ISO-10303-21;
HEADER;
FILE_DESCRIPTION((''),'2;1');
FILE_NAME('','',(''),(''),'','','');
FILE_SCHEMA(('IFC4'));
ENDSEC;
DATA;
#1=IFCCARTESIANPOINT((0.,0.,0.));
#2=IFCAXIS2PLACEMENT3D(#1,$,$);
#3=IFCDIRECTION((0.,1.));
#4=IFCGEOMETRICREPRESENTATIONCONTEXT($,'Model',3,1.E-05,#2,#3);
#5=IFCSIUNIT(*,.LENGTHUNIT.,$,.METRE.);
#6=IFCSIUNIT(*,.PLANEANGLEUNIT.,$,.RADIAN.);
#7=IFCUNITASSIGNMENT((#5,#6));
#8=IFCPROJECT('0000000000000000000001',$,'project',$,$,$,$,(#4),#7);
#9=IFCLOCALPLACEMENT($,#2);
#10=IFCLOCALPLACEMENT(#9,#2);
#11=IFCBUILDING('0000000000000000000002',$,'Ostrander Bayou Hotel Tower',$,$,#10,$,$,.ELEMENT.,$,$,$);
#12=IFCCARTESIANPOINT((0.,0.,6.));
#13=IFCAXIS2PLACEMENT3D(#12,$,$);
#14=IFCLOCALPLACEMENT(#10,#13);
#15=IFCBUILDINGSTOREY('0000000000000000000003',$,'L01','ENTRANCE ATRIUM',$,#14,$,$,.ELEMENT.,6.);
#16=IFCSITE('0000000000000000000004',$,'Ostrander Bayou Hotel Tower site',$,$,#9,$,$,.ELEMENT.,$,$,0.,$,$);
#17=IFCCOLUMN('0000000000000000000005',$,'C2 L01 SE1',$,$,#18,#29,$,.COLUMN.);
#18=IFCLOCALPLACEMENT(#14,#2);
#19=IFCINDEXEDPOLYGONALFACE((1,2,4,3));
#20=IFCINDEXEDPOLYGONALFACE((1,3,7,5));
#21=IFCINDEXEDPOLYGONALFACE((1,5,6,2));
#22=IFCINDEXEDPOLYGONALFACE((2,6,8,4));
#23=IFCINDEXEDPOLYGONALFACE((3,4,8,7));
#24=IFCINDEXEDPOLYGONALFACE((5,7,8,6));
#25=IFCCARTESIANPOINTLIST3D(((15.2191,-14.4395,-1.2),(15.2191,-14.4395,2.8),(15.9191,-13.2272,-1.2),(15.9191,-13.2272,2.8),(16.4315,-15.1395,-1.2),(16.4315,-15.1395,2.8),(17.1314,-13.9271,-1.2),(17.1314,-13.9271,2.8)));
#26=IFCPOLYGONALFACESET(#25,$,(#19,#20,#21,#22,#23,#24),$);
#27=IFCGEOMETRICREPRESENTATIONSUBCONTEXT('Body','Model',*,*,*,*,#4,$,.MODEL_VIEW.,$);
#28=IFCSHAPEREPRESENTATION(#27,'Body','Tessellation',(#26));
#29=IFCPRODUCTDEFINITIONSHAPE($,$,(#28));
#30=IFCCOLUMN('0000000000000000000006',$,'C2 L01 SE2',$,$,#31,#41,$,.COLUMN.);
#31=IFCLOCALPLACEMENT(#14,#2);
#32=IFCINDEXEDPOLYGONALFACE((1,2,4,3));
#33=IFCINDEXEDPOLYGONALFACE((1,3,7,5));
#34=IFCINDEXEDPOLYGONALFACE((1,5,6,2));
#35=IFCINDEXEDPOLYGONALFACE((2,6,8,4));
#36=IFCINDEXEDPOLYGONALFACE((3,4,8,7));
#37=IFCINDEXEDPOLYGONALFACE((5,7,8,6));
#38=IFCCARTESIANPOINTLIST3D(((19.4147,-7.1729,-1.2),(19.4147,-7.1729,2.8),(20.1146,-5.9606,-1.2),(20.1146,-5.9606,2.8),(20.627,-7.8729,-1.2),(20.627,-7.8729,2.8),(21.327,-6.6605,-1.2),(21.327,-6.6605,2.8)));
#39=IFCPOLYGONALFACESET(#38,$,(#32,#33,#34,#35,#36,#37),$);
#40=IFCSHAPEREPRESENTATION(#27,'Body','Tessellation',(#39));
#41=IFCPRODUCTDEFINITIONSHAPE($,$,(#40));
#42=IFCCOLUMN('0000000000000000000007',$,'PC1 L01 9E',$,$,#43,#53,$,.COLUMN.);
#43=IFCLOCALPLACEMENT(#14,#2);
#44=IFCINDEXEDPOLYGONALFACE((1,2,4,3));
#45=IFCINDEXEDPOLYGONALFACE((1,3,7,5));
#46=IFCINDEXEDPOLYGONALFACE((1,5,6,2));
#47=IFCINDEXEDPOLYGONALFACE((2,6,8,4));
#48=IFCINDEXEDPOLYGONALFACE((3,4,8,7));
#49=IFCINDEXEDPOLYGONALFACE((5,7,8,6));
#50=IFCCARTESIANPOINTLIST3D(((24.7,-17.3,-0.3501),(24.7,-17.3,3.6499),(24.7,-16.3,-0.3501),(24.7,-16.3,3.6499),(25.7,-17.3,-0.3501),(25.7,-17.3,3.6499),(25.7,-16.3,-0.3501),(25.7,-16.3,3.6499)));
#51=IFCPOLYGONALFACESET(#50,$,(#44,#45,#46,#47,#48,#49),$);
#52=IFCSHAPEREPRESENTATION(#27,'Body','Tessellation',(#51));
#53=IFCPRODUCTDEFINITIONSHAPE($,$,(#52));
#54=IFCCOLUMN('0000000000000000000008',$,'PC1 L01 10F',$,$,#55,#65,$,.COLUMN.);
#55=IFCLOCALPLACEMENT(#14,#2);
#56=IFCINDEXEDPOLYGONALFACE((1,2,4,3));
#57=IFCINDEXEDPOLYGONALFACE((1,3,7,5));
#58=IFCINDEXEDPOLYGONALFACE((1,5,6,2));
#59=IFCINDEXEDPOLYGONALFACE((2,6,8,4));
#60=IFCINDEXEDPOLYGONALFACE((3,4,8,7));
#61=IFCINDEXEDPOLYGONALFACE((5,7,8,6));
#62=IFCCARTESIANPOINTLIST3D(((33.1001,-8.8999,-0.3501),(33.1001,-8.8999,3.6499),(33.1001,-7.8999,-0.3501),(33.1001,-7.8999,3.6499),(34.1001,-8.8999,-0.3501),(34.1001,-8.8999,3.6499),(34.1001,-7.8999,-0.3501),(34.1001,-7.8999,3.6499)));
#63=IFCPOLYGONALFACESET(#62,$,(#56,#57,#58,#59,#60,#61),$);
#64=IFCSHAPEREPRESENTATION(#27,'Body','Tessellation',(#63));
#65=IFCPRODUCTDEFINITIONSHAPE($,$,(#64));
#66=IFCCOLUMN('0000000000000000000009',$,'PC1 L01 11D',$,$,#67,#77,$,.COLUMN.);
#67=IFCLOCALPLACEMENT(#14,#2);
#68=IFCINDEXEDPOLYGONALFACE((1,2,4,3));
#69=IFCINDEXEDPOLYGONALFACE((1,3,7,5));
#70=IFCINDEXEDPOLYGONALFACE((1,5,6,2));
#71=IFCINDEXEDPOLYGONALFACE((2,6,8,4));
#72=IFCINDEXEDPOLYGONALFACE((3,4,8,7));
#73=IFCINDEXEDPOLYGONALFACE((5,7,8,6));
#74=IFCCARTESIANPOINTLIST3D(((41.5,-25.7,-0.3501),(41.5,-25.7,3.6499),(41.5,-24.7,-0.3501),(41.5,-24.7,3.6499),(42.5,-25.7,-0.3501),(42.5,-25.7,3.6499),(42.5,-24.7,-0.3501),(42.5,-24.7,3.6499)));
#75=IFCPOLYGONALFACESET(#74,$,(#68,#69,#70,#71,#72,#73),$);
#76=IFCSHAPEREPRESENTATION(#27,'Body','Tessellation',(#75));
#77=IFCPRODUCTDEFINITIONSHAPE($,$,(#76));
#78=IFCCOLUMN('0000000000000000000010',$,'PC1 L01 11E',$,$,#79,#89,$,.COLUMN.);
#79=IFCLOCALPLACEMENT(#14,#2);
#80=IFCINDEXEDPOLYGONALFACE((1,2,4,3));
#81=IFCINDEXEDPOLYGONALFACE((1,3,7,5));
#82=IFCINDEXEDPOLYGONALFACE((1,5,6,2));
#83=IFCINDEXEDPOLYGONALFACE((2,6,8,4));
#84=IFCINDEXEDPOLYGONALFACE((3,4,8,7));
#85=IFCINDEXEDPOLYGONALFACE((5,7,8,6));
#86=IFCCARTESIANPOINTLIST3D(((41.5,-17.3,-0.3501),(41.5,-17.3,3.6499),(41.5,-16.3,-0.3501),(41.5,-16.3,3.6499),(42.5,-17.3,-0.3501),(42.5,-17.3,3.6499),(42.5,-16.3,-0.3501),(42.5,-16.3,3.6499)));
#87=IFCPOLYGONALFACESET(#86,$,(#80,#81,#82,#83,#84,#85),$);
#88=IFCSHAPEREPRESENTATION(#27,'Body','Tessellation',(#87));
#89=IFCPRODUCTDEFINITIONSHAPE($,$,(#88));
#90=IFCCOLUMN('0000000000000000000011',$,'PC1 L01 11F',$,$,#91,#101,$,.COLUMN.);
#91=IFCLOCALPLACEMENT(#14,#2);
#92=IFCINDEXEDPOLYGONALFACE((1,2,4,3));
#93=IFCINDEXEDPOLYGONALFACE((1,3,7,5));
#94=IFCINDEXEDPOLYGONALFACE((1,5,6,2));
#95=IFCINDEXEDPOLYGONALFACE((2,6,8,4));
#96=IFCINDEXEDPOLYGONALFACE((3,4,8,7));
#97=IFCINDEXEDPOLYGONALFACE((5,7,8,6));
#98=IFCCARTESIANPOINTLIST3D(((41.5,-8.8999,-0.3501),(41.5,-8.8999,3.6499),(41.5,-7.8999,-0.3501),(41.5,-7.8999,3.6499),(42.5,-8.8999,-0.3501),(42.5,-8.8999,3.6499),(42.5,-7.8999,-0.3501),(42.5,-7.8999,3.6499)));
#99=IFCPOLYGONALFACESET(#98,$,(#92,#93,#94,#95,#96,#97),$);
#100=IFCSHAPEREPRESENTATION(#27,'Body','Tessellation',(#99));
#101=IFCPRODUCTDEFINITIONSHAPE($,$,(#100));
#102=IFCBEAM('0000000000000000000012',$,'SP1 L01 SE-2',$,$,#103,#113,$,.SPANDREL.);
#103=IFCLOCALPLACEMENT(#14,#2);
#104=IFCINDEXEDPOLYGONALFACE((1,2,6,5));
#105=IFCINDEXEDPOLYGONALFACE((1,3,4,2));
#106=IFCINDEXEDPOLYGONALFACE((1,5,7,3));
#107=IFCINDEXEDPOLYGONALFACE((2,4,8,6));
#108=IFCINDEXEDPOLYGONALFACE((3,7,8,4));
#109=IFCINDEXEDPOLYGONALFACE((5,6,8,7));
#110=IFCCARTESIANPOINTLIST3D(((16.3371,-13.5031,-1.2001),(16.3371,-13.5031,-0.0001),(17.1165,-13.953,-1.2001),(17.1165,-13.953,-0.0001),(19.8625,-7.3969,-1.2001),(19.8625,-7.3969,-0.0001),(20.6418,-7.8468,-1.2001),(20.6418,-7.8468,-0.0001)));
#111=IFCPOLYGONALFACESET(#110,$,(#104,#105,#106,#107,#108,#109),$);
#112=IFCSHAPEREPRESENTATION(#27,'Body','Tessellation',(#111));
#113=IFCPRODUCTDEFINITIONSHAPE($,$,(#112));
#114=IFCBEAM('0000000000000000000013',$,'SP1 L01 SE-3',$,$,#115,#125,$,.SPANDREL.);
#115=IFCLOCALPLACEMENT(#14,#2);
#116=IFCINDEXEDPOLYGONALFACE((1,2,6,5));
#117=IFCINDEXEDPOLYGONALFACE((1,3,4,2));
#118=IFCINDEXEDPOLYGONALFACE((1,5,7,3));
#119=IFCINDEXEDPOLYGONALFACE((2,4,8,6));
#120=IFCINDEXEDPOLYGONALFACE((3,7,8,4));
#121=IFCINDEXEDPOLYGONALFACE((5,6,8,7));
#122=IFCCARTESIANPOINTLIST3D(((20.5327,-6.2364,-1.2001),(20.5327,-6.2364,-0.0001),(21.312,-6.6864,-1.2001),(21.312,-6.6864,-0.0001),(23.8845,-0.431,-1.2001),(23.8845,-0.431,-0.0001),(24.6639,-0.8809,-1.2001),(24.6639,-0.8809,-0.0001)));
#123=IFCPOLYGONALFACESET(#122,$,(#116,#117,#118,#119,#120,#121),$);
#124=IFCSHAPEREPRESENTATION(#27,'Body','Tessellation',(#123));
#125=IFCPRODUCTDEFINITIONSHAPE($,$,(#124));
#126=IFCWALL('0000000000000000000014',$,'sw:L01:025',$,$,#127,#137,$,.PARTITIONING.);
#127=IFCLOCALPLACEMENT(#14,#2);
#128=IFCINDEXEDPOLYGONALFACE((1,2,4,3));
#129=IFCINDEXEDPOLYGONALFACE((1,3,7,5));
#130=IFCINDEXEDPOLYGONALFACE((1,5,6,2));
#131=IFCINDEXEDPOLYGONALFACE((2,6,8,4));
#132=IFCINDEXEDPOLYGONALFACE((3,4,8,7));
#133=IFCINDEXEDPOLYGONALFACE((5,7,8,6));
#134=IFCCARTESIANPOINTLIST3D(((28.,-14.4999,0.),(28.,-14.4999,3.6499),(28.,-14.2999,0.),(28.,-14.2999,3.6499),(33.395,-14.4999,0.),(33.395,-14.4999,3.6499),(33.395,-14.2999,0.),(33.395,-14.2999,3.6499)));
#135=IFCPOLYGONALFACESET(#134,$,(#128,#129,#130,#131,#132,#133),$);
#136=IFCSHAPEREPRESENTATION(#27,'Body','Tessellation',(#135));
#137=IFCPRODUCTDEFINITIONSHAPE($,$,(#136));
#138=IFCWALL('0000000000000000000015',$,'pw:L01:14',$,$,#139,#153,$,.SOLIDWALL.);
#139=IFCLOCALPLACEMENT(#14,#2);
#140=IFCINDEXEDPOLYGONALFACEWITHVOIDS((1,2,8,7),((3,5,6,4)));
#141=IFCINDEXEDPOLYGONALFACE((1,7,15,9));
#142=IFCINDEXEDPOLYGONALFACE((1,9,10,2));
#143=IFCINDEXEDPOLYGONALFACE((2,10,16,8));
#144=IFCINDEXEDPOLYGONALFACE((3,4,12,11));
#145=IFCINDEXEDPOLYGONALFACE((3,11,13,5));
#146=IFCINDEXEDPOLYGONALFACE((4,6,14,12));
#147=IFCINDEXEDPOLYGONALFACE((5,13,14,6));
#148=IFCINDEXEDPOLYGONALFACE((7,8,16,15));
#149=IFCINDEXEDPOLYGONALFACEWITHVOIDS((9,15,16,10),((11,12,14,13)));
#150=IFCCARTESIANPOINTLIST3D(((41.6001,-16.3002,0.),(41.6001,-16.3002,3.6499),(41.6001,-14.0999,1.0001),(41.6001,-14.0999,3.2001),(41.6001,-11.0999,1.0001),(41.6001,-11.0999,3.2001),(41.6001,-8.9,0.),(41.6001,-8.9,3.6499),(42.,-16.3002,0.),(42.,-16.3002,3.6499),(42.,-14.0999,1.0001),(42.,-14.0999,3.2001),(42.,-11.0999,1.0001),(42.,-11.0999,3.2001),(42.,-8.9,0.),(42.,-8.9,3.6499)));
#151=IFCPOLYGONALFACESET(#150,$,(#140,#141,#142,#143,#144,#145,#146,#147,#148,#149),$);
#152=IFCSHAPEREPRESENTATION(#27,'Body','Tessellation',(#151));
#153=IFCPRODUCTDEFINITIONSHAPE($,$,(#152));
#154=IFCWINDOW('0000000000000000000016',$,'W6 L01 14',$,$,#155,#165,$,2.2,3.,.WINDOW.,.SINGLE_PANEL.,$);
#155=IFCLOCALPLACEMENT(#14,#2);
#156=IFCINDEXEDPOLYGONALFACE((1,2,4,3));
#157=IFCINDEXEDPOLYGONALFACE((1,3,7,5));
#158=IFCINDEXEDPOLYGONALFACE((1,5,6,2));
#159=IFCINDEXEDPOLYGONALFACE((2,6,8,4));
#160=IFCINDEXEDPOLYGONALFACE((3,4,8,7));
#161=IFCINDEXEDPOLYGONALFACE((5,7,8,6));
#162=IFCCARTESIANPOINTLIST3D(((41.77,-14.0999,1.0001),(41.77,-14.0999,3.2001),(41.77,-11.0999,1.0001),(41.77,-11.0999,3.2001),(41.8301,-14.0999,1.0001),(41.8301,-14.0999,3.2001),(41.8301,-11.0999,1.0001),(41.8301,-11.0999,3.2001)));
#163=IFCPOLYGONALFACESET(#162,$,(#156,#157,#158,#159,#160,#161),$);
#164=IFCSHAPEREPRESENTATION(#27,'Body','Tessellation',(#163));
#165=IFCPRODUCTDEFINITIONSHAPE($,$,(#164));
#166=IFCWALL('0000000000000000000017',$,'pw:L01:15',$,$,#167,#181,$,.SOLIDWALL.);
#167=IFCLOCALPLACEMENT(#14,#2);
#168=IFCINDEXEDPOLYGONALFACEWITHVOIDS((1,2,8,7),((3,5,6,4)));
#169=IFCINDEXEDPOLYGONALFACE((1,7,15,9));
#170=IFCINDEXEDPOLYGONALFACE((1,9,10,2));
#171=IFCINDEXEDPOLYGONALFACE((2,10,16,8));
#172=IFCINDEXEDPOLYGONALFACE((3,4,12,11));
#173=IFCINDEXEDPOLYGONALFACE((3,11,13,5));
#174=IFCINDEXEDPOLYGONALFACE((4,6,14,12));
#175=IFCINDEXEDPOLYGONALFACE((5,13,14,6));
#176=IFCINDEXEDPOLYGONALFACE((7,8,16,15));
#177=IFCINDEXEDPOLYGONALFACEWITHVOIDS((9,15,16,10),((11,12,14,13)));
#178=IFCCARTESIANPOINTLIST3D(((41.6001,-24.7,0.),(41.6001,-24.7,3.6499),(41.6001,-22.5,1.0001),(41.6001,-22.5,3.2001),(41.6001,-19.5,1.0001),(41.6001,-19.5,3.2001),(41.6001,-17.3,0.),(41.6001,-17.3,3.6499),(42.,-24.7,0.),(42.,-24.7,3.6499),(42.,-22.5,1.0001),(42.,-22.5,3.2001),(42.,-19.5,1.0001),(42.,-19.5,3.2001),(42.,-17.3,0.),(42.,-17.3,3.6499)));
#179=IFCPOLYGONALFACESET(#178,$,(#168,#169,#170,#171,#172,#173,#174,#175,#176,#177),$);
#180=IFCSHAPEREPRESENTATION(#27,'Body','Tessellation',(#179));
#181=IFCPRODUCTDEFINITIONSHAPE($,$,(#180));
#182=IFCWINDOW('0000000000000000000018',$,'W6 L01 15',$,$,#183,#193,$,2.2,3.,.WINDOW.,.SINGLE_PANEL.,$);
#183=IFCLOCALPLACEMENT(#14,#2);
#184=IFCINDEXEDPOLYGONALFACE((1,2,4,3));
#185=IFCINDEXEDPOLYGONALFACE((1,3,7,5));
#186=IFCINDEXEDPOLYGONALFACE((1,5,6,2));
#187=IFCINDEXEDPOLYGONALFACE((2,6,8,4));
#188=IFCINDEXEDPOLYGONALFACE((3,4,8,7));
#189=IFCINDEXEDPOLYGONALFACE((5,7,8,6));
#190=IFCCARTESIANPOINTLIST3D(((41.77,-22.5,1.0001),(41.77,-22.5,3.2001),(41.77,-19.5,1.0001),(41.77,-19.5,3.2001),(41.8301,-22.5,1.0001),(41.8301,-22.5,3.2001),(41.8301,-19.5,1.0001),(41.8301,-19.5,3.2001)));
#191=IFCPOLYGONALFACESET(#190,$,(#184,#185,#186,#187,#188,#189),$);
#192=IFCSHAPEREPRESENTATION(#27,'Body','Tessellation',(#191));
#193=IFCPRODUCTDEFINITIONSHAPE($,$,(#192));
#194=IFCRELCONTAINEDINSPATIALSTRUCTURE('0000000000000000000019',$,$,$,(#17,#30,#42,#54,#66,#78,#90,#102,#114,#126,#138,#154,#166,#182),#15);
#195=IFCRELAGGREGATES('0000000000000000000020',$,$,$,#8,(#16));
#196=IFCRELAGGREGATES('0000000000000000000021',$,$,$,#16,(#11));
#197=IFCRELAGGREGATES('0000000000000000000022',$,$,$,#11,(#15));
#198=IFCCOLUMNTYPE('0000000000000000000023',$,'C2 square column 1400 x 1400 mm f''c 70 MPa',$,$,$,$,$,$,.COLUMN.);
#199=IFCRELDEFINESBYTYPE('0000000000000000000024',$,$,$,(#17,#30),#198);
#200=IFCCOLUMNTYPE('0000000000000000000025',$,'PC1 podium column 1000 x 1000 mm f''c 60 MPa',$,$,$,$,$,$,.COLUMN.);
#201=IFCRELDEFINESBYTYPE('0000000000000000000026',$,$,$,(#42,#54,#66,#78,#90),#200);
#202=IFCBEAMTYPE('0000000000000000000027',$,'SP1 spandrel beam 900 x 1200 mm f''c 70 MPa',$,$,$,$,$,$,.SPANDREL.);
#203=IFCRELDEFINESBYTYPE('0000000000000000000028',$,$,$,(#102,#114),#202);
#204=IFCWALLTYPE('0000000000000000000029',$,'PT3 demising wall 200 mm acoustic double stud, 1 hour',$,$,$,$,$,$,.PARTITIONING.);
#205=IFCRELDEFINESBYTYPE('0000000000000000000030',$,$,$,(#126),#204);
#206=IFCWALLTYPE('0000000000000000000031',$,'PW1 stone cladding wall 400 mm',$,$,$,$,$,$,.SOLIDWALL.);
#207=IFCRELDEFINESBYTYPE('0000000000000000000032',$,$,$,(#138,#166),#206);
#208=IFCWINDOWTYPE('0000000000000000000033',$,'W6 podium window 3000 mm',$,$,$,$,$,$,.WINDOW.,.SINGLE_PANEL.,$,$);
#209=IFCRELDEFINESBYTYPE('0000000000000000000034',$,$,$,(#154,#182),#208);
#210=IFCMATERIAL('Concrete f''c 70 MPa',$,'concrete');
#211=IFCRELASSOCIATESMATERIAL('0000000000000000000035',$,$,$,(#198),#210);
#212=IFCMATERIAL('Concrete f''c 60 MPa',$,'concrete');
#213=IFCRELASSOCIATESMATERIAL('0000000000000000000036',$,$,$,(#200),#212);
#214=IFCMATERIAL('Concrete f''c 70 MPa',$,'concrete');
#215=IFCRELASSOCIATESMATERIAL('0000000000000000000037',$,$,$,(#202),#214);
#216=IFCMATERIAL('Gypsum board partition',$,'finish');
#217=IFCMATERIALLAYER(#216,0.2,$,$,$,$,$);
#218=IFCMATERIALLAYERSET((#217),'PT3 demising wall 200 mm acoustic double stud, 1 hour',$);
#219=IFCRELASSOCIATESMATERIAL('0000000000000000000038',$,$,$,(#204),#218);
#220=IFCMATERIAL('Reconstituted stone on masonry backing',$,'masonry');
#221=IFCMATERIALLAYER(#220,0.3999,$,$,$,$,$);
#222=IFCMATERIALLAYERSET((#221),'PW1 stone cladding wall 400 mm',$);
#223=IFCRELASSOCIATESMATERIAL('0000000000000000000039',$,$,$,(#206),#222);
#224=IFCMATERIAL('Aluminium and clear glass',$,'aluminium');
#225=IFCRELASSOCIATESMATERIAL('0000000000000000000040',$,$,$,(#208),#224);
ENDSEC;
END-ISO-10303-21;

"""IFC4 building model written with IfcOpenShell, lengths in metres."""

from ifc_helpers import new_model, si_unit, direction, frame, frame_2d, origin, origin_2d, place, context, subcontext, project, spatial, rectangle, extrude, material, layer, layer_set, material_profile, profile_set, type_object, element, fill, save


model = new_model("IFC4")

# Units and contexts
model_context = context("Model", 3, precision=1e-05, world=origin(), true_north=direction((0.0, 1.0)))
body_context = subcontext(model_context, "Body", "Model", "MODEL_VIEW")
ifc_project = project(units=[si_unit("LENGTHUNIT", "METRE"), si_unit("PLANEANGLEUNIT", "RADIAN")], contexts=[model_context])

# Site, building, storey
site_placement = place(None, origin())
site = spatial("IfcSite", under=ifc_project, at=site_placement, Name="Ostrander Bayou Hotel Tower site", CompositionType="ELEMENT", RefElevation=0.0)
building_placement = place(site_placement, origin())
building = spatial("IfcBuilding", under=site, at=building_placement, Name="Ostrander Bayou Hotel Tower", CompositionType="ELEMENT")
storey_placement = place(building_placement, frame((0.0, 0.0, 6.0)))
storey = spatial("IfcBuildingStorey", under=building, at=storey_placement, Name="L01", Description="ENTRANCE ATRIUM", CompositionType="ELEMENT", Elevation=6.0)

# Columns
ifc_material_1 = material(Name="Concrete f'c 70 MPa", Category="concrete")
ifc_material_profile_1 = material_profile(ifc_material_1, rectangle(XDim=1.3999, YDim=1.3999, at=origin_2d()))
ifc_profile_set_1 = profile_set([ifc_material_profile_1], Name="Concrete f'c 70 MPa")
column_type_1 = type_object("IfcColumnType", Name="C2 square column 1400 x 1400 mm f'c 70 MPa", PredefinedType="COLUMN", material=ifc_profile_set_1)
for number, where, z_axis, x_axis, name in (
    (1, (16.1753, -14.1833, -1.2), (0.0, 0.0, 1.0), (-0.5, -0.866025, 0.0), "C2 L01 SE1"),
    (2, (20.3708, -6.9167, -1.2), (0.0, 0.0, 1.0), (-0.5, -0.866025, 0.0), "C2 L01 SE2"),
):
    element("IfcColumn", number, at=place(storey_placement, frame(where, z_axis=z_axis, x_axis=x_axis)), inside=storey, type_object=column_type_1, Name=name, PredefinedType="COLUMN", context=body_context, shape_type="SweptSolid", body=[
        extrude(rectangle(XDim=1.3999, YDim=1.3999, at=origin_2d()), origin(), (0.0, 0.0, 1.0), 4.0),
    ])
ifc_material_2 = material(Name="Concrete f'c 60 MPa", Category="concrete")
ifc_material_profile_2 = material_profile(ifc_material_2, rectangle(XDim=1.0, YDim=1.0, at=origin_2d()))
ifc_profile_set_2 = profile_set([ifc_material_profile_2], Name="Concrete f'c 60 MPa")
column_type_2 = type_object("IfcColumnType", Name="PC1 podium column 1000 x 1000 mm f'c 60 MPa", PredefinedType="COLUMN", material=ifc_profile_set_2)
for number, where, z_axis, x_axis, name in (
    (3, (25.2, -16.8, -0.3501), (0.0, 0.0, 1.0), (1.0, 0.0, 0.0), "PC1 L01 9E"),
    (4, (33.6001, -8.3999, -0.3501), (0.0, 0.0, 1.0), (1.0, 0.0, 0.0), "PC1 L01 10F"),
    (5, (42.0, -25.2, -0.3501), (0.0, 0.0, 1.0), (1.0, 0.0, 0.0), "PC1 L01 11D"),
    (6, (42.0, -16.8, -0.3501), (0.0, 0.0, 1.0), (1.0, 0.0, 0.0), "PC1 L01 11E"),
    (7, (42.0, -8.3999, -0.3501), (0.0, 0.0, 1.0), (1.0, 0.0, 0.0), "PC1 L01 11F"),
):
    element("IfcColumn", number, at=place(storey_placement, frame(where, z_axis=z_axis, x_axis=x_axis)), inside=storey, type_object=column_type_2, Name=name, PredefinedType="COLUMN", context=body_context, shape_type="SweptSolid", body=[
        extrude(rectangle(XDim=1.0, YDim=1.0, at=origin_2d()), origin(), (0.0, 0.0, 1.0), 4.0),
    ])

# Beams
ifc_material_3 = material(Name="Concrete f'c 70 MPa", Category="concrete")
ifc_material_profile_3 = material_profile(ifc_material_3, rectangle(XDim=0.8999, YDim=1.2, at=origin_2d()))
ifc_profile_set_3 = profile_set([ifc_material_profile_3], Name="Concrete f'c 70 MPa")
beam_type = type_object("IfcBeamType", Name="SP1 spandrel beam 900 x 1200 mm f'c 70 MPa", PredefinedType="SPANDREL", material=ifc_profile_set_3)
beam_1_placement = place(storey_placement, frame((16.7268, -13.728, -0.6001), z_axis=(0.499997, 0.866027, 0.0), x_axis=(-0.866027, 0.499997, 0.0)))
element("IfcBeam", 8, at=beam_1_placement, inside=storey, type_object=beam_type, Name="SP1 L01 SE-2", PredefinedType="SPANDREL", context=body_context, shape_type="SweptSolid", body=[
    extrude(rectangle(XDim=0.8999, YDim=1.2, at=origin_2d()), origin(), (0.0, 0.0, 1.0), 7.0508),
])
beam_2_placement = place(storey_placement, frame((20.9224, -6.4614, -0.6001), z_axis=(0.500005, 0.866022, 0.0), x_axis=(-0.866022, 0.500005, 0.0)))
element("IfcBeam", 9, at=beam_2_placement, inside=storey, type_object=beam_type, Name="SP1 L01 SE-3", PredefinedType="SPANDREL", context=body_context, shape_type="SweptSolid", body=[
    extrude(rectangle(XDim=0.8999, YDim=1.2, at=origin_2d()), origin(), (0.0, 0.0, 1.0), 6.7036),
])

# Wall
ifc_material_4 = material(Name="Gypsum board partition", Category="finish")
ifc_layer_1 = layer(ifc_material_4, 0.2)
ifc_layer_set_1 = layer_set([ifc_layer_1], Name="PT3 demising wall 200 mm acoustic double stud, 1 hour")
wall_type_1 = type_object("IfcWallType", Name="PT3 demising wall 200 mm acoustic double stud, 1 hour", PredefinedType="PARTITIONING", material=ifc_layer_set_1)
wall_1_placement = place(storey_placement, frame((28.0, -14.3999, 0.0), z_axis=(0.0, 0.0, 1.0), x_axis=(1.0, 0.0, 0.0)))
element("IfcWall", 10, at=wall_1_placement, inside=storey, type_object=wall_type_1, Name="sw:L01:025", PredefinedType="PARTITIONING", context=body_context, shape_type="SweptSolid", body=[
    extrude(rectangle(XDim=5.395, YDim=0.2, at=frame_2d((2.6975, 0.0))), origin(), (0.0, 0.0, 1.0), 3.6499),
])

# Walls, openings, windows
ifc_material_5 = material(Name="Reconstituted stone on masonry backing", Category="masonry")
ifc_layer_2 = layer(ifc_material_5, 0.3999)
ifc_layer_set_2 = layer_set([ifc_layer_2], Name="PW1 stone cladding wall 400 mm")
wall_type_2 = type_object("IfcWallType", Name="PW1 stone cladding wall 400 mm", PredefinedType="SOLIDWALL", material=ifc_layer_set_2)
wall_2_placement = place(storey_placement, frame((41.8, -8.8999, 0.0), z_axis=(0.0, 0.0, 1.0), x_axis=(0.0, -1.0, 0.0)))
wall_2 = element("IfcWall", 11, at=wall_2_placement, inside=storey, type_object=wall_type_2, Name="pw:L01:14", PredefinedType="SOLIDWALL", context=body_context, shape_type="SweptSolid", body=[
    extrude(rectangle(XDim=7.4001, YDim=0.3999, at=frame_2d((3.7002, 0.0))), origin(), (0.0, 0.0, 1.0), 3.6499),
])
opening_1_placement = place(wall_2_placement, frame((2.2, 0.0, 1.0)))
opening_1 = element("IfcOpeningElement", 12, at=opening_1_placement, cuts=wall_2, PredefinedType="OPENING", context=body_context, shape_type="SweptSolid", body=[
    extrude(rectangle(XDim=3.0, YDim=2.2, at=frame_2d((1.5, 1.1001))), frame((0.0, 0.2, 0.0), z_axis=(0.0, -1.0, 0.0), x_axis=(1.0, 0.0, 0.0)), (0.0, 0.0, 1.0), 0.3999),
])
ifc_material_6 = material(Name="Aluminium and clear glass", Category="aluminium")
window_type = type_object("IfcWindowType", Name="W6 podium window 3000 mm", PartitioningType="SINGLE_PANEL", PredefinedType="WINDOW", material=ifc_material_6)
window_1_placement = place(opening_1_placement, origin())
window_1 = element("IfcWindow", 13, at=window_1_placement, inside=storey, type_object=window_type, Name="W6 L01 14", OverallHeight=2.2, OverallWidth=3.0, PartitioningType="SINGLE_PANEL", PredefinedType="WINDOW", context=body_context, shape_type="SweptSolid", body=[
    extrude(rectangle(XDim=3.0, YDim=2.2, at=frame_2d((1.5, 1.1001))), frame((0.0, 0.03, 0.0), z_axis=(0.0, -1.0, 0.0), x_axis=(1.0, 0.0, 0.0)), (0.0, 0.0, 1.0), 0.0601),
])
fill(opening_1, window_1)
wall_3_placement = place(storey_placement, frame((41.8, -17.3, 0.0), z_axis=(0.0, 0.0, 1.0), x_axis=(0.0, -1.0, 0.0)))
wall_3 = element("IfcWall", 14, at=wall_3_placement, inside=storey, type_object=wall_type_2, Name="pw:L01:15", PredefinedType="SOLIDWALL", context=body_context, shape_type="SweptSolid", body=[
    extrude(rectangle(XDim=7.3999, YDim=0.3999, at=frame_2d((3.7, 0.0))), origin(), (0.0, 0.0, 1.0), 3.6499),
])
opening_2_placement = place(wall_3_placement, frame((2.2, 0.0, 1.0)))
opening_2 = element("IfcOpeningElement", 15, at=opening_2_placement, cuts=wall_3, PredefinedType="OPENING", context=body_context, shape_type="SweptSolid", body=[
    extrude(rectangle(XDim=3.0, YDim=2.2, at=frame_2d((1.5, 1.1001))), frame((0.0, 0.2, 0.0), z_axis=(0.0, -1.0, 0.0), x_axis=(1.0, 0.0, 0.0)), (0.0, 0.0, 1.0), 0.3999),
])
window_2_placement = place(opening_2_placement, origin())
window_2 = element("IfcWindow", 16, at=window_2_placement, inside=storey, type_object=window_type, Name="W6 L01 15", OverallHeight=2.2, OverallWidth=3.0, PartitioningType="SINGLE_PANEL", PredefinedType="WINDOW", context=body_context, shape_type="SweptSolid", body=[
    extrude(rectangle(XDim=3.0, YDim=2.2, at=frame_2d((1.5, 1.1001))), frame((0.0, 0.03, 0.0), z_axis=(0.0, -1.0, 0.0), x_axis=(1.0, 0.0, 0.0)), (0.0, 0.0, 1.0), 0.0601),
])
fill(opening_2, window_2)

save(model, "model.ifc")
